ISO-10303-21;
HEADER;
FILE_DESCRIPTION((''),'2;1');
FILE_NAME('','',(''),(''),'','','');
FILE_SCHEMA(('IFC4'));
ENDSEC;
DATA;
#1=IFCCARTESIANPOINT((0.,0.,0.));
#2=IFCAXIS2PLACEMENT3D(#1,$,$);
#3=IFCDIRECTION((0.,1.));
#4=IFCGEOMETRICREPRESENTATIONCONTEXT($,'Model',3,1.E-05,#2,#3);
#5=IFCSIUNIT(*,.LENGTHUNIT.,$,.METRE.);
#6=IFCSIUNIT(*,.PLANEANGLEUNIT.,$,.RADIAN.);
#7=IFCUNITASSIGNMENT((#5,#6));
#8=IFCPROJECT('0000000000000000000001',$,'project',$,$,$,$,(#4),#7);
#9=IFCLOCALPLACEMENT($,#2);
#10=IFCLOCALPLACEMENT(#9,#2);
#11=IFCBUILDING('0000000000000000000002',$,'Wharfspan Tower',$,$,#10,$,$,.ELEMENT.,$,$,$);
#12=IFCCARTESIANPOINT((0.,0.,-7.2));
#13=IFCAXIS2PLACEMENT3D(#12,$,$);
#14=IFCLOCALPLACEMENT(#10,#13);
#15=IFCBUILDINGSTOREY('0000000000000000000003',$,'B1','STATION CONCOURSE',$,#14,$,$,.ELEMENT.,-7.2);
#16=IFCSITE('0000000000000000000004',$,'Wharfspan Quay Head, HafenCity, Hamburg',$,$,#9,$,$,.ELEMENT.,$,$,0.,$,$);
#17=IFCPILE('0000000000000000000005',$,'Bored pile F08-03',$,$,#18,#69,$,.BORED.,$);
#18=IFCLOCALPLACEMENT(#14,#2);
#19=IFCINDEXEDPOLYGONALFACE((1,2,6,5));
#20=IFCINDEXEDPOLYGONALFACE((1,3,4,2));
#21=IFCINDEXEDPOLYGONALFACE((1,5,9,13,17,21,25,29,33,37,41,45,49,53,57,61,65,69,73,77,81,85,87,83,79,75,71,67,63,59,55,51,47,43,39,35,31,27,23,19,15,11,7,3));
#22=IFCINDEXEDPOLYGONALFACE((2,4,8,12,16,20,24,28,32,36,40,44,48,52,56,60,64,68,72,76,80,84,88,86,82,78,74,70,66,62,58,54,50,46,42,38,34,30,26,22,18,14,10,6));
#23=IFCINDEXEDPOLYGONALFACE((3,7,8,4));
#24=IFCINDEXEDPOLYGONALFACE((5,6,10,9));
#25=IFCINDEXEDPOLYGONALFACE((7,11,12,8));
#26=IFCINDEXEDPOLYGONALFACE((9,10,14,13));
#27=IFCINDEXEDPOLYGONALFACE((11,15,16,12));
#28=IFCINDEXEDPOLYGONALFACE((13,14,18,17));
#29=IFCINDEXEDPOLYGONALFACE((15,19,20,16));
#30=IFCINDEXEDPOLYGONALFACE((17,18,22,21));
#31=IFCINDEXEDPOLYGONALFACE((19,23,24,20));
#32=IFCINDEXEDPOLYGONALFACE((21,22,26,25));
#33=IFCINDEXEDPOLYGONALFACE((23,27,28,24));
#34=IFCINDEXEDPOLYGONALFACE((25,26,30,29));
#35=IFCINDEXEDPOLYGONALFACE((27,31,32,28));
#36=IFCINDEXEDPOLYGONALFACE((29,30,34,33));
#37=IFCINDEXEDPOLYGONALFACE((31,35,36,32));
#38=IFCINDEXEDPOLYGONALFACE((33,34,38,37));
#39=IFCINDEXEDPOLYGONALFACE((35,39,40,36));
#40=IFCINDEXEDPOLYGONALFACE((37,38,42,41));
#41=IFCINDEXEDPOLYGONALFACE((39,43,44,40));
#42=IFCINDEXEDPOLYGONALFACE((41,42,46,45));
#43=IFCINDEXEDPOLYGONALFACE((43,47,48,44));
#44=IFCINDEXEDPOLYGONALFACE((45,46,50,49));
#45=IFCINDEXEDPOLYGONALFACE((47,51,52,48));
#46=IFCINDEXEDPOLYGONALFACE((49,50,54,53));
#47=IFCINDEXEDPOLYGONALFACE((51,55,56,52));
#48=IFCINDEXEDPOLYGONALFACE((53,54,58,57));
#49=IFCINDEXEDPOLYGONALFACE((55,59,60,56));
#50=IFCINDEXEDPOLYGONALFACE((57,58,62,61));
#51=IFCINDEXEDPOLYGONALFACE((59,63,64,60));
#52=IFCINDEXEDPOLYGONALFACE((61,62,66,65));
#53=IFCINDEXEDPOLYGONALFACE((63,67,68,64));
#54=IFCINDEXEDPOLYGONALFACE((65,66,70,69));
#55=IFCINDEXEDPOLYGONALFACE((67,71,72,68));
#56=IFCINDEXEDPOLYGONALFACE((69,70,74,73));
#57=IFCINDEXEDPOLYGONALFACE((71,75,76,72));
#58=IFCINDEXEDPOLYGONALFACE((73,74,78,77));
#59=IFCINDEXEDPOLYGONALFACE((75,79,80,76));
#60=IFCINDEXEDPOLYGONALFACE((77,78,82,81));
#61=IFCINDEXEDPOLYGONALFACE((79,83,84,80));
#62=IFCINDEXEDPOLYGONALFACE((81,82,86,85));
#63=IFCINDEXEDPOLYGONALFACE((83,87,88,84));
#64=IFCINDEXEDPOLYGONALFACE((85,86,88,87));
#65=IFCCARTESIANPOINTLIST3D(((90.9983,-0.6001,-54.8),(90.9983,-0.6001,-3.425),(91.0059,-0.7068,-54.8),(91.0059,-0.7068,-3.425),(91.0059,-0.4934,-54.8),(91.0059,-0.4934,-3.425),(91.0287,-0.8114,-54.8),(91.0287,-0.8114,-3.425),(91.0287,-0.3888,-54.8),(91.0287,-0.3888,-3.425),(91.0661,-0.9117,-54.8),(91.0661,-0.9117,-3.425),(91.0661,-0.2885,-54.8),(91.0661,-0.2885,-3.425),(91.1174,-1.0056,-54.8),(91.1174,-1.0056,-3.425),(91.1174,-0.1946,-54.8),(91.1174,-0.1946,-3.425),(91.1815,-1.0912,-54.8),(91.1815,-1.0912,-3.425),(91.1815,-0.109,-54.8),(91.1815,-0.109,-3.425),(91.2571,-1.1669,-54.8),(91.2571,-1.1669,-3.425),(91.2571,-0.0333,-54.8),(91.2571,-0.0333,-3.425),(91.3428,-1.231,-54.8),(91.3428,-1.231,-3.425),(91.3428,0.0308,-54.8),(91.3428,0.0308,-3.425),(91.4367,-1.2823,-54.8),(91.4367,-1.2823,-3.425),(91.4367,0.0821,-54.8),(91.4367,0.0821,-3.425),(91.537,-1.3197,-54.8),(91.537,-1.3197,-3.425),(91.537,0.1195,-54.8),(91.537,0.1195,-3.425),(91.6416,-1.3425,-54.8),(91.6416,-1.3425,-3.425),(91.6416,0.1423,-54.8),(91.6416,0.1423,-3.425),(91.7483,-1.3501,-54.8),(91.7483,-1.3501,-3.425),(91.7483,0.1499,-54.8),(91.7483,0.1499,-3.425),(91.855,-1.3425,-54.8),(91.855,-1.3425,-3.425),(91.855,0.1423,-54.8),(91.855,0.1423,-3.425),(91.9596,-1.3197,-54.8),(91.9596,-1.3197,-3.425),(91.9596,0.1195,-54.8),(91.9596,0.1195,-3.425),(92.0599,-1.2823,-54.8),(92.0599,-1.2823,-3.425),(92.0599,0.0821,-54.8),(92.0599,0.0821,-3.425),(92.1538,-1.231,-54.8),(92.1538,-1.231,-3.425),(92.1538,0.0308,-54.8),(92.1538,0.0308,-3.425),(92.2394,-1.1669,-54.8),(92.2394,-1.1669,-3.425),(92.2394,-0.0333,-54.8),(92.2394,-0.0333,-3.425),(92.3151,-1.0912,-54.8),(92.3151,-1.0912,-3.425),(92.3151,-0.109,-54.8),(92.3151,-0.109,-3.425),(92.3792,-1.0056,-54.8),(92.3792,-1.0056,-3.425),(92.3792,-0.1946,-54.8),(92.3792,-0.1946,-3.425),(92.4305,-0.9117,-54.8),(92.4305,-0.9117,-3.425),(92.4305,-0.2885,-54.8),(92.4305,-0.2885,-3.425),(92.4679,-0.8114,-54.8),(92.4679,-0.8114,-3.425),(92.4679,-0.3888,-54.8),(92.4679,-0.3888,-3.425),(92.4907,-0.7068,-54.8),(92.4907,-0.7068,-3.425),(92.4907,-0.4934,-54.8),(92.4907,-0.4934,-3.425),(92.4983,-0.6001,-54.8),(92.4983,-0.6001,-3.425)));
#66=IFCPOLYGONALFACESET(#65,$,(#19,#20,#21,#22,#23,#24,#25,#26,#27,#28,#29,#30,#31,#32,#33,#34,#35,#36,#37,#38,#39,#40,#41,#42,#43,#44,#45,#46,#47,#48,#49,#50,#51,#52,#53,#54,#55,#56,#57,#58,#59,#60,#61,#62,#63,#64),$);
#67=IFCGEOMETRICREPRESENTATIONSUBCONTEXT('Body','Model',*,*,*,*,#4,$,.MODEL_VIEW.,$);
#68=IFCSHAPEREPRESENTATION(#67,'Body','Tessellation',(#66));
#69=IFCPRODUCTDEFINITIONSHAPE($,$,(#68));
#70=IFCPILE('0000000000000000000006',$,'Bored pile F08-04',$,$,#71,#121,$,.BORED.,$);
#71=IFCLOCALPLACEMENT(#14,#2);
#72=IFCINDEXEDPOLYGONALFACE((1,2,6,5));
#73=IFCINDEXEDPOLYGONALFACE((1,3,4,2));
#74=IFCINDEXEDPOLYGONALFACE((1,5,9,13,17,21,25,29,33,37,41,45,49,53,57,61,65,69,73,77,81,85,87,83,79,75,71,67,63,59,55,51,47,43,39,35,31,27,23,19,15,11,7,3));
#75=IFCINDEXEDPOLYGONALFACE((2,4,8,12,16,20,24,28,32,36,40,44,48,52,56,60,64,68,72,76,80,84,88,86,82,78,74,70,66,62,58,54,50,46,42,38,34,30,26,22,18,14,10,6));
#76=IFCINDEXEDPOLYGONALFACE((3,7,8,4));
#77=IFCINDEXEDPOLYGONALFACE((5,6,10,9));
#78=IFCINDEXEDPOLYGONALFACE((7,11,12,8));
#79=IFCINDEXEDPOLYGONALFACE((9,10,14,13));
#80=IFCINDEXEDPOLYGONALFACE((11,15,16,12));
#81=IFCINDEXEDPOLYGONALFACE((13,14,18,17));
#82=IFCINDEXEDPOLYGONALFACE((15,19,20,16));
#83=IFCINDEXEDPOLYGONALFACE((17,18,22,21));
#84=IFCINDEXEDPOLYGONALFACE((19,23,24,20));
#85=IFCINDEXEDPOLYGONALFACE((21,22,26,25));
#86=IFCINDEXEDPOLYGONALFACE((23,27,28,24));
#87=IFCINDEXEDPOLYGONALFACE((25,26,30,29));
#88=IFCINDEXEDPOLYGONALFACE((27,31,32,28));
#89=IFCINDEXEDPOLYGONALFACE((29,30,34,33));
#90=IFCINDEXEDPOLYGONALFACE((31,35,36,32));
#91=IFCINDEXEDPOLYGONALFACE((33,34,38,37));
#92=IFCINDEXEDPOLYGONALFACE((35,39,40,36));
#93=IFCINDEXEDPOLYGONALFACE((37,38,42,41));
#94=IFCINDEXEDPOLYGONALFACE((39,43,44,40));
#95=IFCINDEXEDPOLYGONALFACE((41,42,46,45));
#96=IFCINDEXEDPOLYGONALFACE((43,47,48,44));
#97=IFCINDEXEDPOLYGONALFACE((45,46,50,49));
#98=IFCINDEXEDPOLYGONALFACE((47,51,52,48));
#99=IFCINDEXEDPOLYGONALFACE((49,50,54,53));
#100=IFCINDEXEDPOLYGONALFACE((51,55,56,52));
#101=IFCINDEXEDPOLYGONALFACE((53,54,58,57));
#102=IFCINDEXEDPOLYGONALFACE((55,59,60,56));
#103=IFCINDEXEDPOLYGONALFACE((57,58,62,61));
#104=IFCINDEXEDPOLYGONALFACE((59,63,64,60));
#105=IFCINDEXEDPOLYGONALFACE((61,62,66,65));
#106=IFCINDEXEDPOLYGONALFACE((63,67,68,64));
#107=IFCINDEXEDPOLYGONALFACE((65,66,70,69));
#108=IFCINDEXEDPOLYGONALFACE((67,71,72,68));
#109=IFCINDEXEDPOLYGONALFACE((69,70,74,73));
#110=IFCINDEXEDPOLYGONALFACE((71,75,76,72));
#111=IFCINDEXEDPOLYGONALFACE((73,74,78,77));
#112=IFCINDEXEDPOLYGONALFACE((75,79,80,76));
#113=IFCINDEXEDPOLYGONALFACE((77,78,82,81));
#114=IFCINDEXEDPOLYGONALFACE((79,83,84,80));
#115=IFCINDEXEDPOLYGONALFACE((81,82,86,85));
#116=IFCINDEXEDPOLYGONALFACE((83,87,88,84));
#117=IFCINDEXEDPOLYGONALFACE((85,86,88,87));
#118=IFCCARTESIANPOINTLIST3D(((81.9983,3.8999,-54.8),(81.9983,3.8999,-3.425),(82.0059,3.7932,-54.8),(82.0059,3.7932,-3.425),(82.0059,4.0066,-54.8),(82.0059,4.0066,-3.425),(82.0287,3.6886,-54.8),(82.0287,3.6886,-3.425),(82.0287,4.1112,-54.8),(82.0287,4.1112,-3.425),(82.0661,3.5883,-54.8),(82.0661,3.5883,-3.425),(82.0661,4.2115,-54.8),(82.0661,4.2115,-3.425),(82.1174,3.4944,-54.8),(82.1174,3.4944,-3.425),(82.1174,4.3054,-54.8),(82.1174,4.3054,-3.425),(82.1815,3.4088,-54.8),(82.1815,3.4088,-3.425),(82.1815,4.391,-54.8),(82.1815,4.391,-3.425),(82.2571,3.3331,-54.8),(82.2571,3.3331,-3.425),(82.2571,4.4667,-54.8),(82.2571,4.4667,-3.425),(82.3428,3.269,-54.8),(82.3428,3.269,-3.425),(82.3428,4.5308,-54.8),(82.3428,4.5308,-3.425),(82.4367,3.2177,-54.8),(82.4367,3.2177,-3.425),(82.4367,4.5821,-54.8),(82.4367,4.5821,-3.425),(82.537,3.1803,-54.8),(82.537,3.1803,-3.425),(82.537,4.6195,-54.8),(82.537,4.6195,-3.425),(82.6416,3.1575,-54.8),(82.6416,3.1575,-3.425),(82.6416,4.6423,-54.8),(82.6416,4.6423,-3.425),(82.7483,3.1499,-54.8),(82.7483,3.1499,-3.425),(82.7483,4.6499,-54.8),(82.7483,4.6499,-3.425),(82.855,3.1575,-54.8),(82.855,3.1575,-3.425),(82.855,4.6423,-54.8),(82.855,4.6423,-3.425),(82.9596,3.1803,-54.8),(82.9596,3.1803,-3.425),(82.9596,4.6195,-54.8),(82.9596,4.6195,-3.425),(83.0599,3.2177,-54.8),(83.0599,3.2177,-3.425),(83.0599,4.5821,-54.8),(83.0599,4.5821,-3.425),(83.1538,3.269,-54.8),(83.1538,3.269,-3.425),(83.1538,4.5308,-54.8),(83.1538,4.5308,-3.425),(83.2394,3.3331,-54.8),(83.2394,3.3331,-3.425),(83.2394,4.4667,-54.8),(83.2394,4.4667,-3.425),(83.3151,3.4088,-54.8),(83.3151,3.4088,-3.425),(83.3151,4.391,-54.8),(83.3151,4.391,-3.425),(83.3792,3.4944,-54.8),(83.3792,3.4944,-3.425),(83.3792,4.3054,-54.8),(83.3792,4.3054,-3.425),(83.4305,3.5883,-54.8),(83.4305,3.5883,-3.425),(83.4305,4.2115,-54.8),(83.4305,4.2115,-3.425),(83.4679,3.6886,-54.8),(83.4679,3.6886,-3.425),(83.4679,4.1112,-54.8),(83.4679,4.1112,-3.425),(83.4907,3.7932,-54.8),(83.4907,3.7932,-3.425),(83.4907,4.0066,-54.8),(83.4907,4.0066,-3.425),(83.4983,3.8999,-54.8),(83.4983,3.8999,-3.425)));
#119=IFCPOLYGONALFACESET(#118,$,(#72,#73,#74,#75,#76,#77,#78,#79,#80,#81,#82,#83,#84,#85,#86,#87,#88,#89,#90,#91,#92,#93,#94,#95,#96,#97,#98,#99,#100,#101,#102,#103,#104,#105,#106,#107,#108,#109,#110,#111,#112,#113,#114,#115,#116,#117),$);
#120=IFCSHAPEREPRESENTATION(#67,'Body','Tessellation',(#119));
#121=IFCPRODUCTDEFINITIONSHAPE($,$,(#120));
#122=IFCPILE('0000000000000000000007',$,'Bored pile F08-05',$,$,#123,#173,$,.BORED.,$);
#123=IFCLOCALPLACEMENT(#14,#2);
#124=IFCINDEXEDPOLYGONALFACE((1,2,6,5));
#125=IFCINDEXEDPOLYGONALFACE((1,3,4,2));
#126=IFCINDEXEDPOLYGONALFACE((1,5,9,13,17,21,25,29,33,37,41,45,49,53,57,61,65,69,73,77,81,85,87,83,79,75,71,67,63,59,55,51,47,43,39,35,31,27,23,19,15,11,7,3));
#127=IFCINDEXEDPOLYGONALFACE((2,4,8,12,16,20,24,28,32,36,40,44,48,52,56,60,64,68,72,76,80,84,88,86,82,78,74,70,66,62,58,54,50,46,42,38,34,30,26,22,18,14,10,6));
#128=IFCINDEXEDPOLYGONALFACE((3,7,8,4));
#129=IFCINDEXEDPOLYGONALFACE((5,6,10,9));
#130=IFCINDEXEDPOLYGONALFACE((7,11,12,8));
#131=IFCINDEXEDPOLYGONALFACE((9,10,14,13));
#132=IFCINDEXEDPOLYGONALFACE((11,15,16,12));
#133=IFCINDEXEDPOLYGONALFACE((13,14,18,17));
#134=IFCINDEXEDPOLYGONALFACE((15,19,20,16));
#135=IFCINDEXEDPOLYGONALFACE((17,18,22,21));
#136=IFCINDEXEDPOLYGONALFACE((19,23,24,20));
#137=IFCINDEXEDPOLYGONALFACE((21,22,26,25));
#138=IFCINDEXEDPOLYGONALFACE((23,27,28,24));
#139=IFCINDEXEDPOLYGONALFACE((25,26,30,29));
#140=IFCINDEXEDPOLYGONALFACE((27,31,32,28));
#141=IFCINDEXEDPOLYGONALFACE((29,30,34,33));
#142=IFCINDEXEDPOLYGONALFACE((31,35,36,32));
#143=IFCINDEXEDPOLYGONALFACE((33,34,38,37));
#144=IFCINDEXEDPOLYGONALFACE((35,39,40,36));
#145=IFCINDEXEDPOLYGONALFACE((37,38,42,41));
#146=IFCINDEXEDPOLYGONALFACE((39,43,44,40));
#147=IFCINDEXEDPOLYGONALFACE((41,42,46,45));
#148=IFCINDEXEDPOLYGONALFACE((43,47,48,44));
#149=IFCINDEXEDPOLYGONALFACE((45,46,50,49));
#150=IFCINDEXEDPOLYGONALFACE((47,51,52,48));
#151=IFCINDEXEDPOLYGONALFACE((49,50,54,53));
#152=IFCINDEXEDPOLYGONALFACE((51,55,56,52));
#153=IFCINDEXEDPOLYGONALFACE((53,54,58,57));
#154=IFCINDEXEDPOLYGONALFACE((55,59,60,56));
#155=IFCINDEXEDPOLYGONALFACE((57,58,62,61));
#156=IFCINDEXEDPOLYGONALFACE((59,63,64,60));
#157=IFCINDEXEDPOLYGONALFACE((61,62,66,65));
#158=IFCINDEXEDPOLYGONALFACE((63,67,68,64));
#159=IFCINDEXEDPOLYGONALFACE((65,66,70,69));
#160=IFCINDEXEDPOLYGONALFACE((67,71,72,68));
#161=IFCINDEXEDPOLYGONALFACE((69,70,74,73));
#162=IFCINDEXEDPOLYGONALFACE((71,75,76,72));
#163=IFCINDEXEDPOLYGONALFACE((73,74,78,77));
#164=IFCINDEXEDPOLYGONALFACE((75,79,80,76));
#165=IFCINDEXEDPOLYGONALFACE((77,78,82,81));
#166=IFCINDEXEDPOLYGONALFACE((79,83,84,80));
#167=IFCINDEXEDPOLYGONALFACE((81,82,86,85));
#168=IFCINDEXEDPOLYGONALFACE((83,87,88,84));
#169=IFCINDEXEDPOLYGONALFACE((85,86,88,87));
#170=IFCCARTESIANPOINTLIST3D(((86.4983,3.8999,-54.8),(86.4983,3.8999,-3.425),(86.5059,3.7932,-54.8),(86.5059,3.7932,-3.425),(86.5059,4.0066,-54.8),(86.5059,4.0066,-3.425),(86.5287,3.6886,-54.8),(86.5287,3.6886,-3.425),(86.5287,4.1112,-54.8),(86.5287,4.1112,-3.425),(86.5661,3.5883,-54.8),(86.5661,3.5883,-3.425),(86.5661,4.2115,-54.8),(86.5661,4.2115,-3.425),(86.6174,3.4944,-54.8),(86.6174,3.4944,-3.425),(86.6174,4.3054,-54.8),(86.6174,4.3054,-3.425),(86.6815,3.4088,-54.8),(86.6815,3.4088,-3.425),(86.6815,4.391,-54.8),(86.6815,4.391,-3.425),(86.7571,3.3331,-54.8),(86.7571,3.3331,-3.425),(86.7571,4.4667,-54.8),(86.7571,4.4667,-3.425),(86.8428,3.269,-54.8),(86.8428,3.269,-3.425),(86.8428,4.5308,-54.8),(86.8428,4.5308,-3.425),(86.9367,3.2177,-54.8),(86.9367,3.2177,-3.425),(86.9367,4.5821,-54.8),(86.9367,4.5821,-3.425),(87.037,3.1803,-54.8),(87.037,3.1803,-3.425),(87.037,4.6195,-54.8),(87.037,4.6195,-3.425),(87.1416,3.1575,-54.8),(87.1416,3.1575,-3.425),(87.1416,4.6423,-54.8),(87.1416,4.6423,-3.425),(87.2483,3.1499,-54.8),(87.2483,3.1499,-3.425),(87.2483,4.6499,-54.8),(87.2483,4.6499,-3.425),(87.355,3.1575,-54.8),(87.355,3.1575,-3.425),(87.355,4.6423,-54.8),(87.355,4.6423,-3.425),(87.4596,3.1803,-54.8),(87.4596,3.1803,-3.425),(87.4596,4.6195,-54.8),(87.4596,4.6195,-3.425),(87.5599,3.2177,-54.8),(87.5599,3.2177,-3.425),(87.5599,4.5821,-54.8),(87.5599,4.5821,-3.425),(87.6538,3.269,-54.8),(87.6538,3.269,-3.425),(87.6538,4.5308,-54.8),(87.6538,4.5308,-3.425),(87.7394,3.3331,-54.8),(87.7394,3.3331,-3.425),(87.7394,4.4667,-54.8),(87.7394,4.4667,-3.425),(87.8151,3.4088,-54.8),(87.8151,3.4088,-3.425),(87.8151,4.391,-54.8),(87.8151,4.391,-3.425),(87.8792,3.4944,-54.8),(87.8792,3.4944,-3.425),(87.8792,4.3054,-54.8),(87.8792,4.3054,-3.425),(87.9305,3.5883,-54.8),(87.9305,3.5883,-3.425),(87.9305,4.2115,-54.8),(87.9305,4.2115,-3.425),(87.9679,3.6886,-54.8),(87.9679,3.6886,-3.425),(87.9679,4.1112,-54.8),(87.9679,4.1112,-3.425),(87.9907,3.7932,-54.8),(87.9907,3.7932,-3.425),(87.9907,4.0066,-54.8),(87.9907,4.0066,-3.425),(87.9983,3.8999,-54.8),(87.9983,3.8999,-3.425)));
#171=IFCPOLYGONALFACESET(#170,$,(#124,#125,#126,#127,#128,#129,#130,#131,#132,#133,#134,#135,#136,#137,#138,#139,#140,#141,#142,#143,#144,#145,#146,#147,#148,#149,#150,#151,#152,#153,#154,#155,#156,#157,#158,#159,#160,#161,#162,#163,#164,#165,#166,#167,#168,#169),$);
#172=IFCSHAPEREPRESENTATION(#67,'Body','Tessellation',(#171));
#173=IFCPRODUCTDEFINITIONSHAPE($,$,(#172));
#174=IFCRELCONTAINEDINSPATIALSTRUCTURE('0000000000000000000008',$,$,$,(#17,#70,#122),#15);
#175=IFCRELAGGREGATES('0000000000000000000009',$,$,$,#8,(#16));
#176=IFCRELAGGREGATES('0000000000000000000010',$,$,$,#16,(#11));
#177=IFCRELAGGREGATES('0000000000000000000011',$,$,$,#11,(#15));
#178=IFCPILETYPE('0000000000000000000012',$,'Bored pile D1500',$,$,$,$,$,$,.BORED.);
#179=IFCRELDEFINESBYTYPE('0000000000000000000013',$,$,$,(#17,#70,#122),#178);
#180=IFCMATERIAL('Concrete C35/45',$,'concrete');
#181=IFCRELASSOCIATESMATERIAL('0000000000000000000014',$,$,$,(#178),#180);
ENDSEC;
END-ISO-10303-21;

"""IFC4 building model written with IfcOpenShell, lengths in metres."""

from ifc_helpers import new_model, si_unit, direction, frame, origin, origin_2d, place, context, subcontext, project, spatial, circle, extrude, material, material_profile, profile_set, type_object, element, save


model = new_model("IFC4")

# Units and contexts
model_context = context("Model", 3, precision=1e-05, world=origin(), true_north=direction((0.0, 1.0)))
body_context = subcontext(model_context, "Body", "Model", "MODEL_VIEW")
ifc_project = project(units=[si_unit("LENGTHUNIT", "METRE"), si_unit("PLANEANGLEUNIT", "RADIAN")], contexts=[model_context])

# Site, building, storey
site_placement = place(None, origin())
site = spatial("IfcSite", under=ifc_project, at=site_placement, Name="Wharfspan Quay Head, HafenCity, Hamburg", CompositionType="ELEMENT", RefElevation=0.0)
building_placement = place(site_placement, origin())
building = spatial("IfcBuilding", under=site, at=building_placement, Name="Wharfspan Tower", CompositionType="ELEMENT")
storey_placement = place(building_placement, frame((0.0, 0.0, -7.2)))
storey = spatial("IfcBuildingStorey", under=building, at=storey_placement, Name="B1", Description="STATION CONCOURSE", CompositionType="ELEMENT", Elevation=-7.2)

# Piles
ifc_material_1 = material(Name="Concrete C35/45", Category="concrete")
ifc_material_profile_1 = material_profile(ifc_material_1, circle(Radius=0.75, at=origin_2d()))
ifc_profile_set_1 = profile_set([ifc_material_profile_1], Name="Concrete C35/45")
pile_type = type_object("IfcPileType", Name="Bored pile D1500", PredefinedType="BORED", material=ifc_profile_set_1)
for number, where, z_axis, x_axis, name in (
    (1, (91.7483, -0.6001, -3.425), (0.0, 0.0, -1.0), (1.0, 0.0, 0.0), "Bored pile F08-03"),
    (2, (82.7483, 3.8999, -3.425), (0.0, 0.0, -1.0), (1.0, 0.0, 0.0), "Bored pile F08-04"),
    (3, (87.2483, 3.8999, -3.425), (0.0, 0.0, -1.0), (1.0, 0.0, 0.0), "Bored pile F08-05"),
):
    element("IfcPile", number, at=place(storey_placement, frame(where, z_axis=z_axis, x_axis=x_axis)), inside=storey, type_object=pile_type, Name=name, PredefinedType="BORED", context=body_context, shape_type="SweptSolid", body=[
        extrude(circle(Radius=0.75, at=origin_2d()), origin(), (0.0, 0.0, 1.0), 51.375),
    ])

save(model, "model.ifc")
